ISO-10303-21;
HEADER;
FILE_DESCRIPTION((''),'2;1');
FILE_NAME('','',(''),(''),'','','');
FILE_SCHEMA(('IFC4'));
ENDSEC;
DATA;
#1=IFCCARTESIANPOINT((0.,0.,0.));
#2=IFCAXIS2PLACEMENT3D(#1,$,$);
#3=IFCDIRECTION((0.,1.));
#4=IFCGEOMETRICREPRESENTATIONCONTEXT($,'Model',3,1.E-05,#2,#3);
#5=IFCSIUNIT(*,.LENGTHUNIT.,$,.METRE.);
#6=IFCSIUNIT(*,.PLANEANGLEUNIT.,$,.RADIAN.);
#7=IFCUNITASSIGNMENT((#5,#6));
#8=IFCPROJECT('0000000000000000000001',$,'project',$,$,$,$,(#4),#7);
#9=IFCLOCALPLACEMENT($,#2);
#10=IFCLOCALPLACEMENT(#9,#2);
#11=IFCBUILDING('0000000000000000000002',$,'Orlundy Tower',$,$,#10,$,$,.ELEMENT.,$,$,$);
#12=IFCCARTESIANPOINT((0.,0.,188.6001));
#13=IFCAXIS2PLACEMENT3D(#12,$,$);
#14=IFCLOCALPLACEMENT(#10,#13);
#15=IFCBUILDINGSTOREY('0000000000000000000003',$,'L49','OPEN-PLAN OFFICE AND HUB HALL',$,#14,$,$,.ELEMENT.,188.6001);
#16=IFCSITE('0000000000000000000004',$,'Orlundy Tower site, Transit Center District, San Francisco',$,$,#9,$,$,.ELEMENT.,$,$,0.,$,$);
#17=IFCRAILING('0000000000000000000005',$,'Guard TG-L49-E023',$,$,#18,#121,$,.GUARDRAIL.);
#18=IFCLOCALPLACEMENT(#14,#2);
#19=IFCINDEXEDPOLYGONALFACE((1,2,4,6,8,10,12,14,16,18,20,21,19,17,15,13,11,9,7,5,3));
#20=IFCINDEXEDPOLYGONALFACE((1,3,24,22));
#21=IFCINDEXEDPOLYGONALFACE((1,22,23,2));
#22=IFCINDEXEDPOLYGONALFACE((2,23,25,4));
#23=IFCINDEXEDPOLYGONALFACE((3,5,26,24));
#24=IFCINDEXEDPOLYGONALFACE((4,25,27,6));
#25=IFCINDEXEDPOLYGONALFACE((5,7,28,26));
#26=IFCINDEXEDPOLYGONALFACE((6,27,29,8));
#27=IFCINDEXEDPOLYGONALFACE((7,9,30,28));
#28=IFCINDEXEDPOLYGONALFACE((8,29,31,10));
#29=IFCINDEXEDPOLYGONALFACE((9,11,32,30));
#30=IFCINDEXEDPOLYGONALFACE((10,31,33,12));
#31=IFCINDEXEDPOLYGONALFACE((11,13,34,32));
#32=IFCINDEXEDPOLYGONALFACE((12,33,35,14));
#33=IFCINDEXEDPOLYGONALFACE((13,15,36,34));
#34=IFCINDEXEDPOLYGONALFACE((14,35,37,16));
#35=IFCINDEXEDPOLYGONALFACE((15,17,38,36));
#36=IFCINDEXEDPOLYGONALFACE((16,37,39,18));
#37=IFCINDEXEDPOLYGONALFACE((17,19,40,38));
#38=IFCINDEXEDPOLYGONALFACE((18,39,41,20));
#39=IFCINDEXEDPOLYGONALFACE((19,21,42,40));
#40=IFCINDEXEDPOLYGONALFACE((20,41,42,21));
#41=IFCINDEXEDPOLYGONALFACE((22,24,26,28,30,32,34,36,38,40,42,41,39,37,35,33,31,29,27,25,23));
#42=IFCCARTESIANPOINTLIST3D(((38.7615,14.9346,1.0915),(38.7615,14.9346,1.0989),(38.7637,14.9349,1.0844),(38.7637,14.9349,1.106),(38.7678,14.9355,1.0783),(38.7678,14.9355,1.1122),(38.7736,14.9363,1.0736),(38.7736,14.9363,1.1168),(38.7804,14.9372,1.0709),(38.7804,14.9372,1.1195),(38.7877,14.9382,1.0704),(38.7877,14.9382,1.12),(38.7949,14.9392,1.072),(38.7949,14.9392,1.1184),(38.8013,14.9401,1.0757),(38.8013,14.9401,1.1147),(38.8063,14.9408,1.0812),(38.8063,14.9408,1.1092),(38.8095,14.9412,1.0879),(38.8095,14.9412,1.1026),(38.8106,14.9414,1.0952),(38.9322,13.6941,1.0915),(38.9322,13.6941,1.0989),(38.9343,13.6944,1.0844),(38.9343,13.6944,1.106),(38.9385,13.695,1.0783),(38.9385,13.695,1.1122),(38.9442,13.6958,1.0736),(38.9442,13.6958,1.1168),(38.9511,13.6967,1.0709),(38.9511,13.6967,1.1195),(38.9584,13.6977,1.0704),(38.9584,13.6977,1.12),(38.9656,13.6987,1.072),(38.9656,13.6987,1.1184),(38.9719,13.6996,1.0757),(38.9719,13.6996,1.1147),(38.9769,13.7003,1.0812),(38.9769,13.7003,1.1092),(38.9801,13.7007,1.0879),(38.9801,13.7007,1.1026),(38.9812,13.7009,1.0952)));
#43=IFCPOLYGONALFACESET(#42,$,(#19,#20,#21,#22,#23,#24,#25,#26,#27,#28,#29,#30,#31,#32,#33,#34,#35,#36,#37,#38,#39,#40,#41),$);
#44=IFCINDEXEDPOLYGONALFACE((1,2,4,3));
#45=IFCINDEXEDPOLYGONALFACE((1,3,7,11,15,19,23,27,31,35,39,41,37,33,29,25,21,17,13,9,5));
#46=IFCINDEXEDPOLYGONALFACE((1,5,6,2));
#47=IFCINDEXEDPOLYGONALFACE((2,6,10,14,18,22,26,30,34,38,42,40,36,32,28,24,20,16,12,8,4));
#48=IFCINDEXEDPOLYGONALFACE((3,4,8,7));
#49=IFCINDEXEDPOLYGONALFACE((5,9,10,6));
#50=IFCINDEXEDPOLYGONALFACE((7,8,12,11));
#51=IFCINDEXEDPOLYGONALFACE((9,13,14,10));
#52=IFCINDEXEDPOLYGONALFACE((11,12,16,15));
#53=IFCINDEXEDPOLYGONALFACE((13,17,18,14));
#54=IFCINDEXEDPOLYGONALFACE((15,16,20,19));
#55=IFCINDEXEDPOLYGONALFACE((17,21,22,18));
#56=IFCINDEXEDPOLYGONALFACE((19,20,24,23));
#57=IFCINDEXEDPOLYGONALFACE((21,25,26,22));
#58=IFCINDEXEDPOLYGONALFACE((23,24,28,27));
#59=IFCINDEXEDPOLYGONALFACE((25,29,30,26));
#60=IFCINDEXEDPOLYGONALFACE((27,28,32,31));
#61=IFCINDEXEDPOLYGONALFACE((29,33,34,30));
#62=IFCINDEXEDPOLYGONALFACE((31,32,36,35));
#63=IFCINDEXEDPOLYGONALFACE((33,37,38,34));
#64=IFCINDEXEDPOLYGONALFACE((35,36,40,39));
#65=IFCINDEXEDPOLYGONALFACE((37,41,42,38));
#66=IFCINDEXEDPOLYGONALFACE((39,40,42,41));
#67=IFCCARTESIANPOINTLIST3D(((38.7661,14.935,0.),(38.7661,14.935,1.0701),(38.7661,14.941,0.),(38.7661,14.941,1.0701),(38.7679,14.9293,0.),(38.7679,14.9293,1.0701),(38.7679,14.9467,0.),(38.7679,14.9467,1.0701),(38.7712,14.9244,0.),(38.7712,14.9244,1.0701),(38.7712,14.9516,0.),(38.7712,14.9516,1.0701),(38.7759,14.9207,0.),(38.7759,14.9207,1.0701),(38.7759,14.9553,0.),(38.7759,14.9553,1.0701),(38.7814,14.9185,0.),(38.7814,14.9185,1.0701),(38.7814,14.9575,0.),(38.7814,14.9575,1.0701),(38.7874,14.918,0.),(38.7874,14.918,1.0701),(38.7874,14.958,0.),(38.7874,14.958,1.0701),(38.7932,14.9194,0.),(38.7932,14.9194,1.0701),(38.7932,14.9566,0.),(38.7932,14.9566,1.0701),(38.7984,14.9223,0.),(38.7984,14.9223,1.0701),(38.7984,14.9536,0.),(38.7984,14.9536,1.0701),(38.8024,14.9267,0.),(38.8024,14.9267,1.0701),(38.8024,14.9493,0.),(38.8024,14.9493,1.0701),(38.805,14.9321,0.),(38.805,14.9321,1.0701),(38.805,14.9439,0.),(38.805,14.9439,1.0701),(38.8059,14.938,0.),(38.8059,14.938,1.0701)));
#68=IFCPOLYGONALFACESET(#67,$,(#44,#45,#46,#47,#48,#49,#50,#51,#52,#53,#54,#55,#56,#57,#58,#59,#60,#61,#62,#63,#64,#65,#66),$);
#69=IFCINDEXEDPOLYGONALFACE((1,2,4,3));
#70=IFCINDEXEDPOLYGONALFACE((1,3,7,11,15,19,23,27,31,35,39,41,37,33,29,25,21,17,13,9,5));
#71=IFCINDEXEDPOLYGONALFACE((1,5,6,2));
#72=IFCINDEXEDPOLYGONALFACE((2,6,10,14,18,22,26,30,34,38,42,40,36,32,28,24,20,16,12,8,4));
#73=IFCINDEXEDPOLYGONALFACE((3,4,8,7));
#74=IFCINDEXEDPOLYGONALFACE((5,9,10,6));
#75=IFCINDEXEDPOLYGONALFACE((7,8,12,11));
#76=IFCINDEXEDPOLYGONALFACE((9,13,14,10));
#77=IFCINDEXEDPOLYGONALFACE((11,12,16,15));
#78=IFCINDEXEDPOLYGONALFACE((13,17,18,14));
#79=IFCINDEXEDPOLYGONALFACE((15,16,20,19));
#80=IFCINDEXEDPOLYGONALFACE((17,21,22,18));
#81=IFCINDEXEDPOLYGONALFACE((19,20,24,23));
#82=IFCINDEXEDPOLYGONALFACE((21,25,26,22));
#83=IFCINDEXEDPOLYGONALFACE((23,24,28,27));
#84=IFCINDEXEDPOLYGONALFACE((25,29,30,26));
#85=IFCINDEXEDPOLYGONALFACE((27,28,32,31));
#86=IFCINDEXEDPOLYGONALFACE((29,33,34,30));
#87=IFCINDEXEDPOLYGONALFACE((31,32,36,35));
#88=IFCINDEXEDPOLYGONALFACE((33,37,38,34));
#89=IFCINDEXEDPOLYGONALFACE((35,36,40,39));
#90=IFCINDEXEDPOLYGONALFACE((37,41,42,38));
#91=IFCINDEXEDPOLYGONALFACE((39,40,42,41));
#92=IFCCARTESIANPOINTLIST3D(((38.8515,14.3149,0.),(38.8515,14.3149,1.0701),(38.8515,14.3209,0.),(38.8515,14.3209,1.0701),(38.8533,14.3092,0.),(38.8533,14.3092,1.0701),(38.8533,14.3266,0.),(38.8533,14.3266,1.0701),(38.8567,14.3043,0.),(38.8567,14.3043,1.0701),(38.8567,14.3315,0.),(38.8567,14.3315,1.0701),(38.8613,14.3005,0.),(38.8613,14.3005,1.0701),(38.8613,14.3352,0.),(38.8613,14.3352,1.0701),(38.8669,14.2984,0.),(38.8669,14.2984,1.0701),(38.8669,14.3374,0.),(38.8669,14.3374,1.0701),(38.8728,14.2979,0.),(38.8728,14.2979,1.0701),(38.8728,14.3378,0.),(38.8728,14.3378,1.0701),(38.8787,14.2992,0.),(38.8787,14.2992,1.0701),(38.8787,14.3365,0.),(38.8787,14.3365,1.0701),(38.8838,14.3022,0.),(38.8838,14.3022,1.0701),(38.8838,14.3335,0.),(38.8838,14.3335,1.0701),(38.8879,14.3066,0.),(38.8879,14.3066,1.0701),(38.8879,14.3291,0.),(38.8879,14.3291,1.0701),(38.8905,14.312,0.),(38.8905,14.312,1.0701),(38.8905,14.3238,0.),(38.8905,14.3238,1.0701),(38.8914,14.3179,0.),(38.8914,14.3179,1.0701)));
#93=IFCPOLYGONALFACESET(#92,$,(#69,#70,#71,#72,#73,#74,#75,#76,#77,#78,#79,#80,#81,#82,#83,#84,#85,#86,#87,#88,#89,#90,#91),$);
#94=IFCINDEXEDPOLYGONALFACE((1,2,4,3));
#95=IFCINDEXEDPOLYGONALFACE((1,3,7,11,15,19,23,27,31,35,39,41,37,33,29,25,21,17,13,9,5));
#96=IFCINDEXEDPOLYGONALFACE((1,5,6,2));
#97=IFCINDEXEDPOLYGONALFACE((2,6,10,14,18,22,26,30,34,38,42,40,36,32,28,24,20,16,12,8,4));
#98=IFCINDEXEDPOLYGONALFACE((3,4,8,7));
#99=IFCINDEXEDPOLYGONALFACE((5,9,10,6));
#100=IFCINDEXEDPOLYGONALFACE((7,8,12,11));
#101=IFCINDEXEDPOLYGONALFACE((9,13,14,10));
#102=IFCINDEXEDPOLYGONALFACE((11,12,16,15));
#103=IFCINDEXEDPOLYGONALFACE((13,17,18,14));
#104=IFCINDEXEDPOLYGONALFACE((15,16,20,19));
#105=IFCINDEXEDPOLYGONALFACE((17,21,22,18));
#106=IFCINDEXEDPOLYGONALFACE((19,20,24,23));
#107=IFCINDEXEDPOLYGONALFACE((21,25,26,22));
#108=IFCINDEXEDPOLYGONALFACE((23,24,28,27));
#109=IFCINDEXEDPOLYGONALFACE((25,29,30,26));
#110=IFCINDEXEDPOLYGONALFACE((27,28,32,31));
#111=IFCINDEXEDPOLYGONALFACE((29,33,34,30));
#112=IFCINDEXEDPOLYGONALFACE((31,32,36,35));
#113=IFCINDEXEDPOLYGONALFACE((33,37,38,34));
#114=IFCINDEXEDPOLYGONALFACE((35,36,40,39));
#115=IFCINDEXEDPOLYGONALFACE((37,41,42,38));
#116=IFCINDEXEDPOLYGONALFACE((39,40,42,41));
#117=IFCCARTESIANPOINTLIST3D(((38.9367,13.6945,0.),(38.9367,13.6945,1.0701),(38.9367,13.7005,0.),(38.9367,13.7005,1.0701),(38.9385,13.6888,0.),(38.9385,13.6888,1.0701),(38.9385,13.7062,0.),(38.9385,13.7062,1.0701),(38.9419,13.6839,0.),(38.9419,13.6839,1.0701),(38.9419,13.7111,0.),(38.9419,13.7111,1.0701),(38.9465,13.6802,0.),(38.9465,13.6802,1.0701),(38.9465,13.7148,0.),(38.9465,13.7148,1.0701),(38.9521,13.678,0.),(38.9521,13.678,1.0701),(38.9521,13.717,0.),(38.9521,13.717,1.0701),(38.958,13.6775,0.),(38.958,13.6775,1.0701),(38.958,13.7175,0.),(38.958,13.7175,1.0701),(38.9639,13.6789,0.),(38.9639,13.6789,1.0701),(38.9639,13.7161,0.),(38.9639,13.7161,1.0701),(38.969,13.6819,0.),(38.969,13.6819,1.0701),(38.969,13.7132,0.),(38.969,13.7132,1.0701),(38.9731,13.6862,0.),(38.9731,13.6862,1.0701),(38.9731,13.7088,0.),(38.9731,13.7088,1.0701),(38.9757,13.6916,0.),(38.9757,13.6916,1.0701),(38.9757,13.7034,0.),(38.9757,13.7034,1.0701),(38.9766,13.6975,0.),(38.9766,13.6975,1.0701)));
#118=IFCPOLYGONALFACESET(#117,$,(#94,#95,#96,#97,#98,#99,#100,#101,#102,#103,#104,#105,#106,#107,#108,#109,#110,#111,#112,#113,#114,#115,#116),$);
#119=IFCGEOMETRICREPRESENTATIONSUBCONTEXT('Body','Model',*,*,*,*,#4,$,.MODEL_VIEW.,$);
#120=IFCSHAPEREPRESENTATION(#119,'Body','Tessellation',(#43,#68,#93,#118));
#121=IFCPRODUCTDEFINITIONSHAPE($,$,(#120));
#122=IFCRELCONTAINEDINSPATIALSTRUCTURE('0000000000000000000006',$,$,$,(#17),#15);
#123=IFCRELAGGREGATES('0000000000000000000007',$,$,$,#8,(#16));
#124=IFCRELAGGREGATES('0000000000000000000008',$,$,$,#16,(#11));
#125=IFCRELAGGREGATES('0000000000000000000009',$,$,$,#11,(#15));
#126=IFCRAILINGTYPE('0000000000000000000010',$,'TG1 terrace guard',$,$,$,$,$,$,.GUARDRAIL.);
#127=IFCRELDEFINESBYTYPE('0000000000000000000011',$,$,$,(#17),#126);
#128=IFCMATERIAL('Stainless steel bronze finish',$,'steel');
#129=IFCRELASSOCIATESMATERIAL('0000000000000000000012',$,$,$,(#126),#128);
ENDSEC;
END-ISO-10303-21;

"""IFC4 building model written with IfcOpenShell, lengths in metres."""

from ifc_helpers import new_model, si_unit, direction, frame, origin, origin_2d, place, context, subcontext, project, spatial, circle, extrude, material, type_object, element, save


model = new_model("IFC4")

# Units and contexts
model_context = context("Model", 3, precision=1e-05, world=origin(), true_north=direction((0.0, 1.0)))
body_context = subcontext(model_context, "Body", "Model", "MODEL_VIEW")
ifc_project = project(units=[si_unit("LENGTHUNIT", "METRE"), si_unit("PLANEANGLEUNIT", "RADIAN")], contexts=[model_context])

# Site, building, storey
site_placement = place(None, origin())
site = spatial("IfcSite", under=ifc_project, at=site_placement, Name="Orlundy Tower site, Transit Center District, San Francisco", CompositionType="ELEMENT", RefElevation=0.0)
building_placement = place(site_placement, origin())
building = spatial("IfcBuilding", under=site, at=building_placement, Name="Orlundy Tower", CompositionType="ELEMENT")
storey_placement = place(building_placement, frame((0.0, 0.0, 188.6001)))
storey = spatial("IfcBuildingStorey", under=building, at=storey_placement, Name="L49", Description="OPEN-PLAN OFFICE AND HUB HALL", CompositionType="ELEMENT", Elevation=188.6001)

# Railing
ifc_material_1 = material(Name="Stainless steel bronze finish", Category="steel")
railing_type = type_object("IfcRailingType", Name="TG1 terrace guard", PredefinedType="GUARDRAIL", material=ifc_material_1)
railing_1_placement = place(storey_placement, frame((38.7859, 14.938, 0.0)))
element("IfcRailing", 1, at=railing_1_placement, inside=storey, type_object=railing_type, Name="Guard TG-L49-E023", PredefinedType="GUARDRAIL", context=body_context, shape_type="SweptSolid", body=[
    extrude(circle(Radius=0.0249, at=origin_2d()), frame((0.0, 0.0, 1.0952), z_axis=(0.136288, -0.990669, 0.0), x_axis=(0.990669, 0.136288, 0.0)), (0.0, 0.0, 1.0), 1.2522),
    extrude(circle(Radius=0.02, at=origin_2d()), origin(), (0.0, 0.0, 1.0), 1.0701),
    extrude(circle(Radius=0.02, at=origin_2d()), frame((0.0854, -0.6201, 0.0)), (0.0, 0.0, 1.0), 1.0701),
    extrude(circle(Radius=0.02, at=origin_2d()), frame((0.1707, -1.2405, 0.0)), (0.0, 0.0, 1.0), 1.0701),
])

save(model, "model.ifc")
